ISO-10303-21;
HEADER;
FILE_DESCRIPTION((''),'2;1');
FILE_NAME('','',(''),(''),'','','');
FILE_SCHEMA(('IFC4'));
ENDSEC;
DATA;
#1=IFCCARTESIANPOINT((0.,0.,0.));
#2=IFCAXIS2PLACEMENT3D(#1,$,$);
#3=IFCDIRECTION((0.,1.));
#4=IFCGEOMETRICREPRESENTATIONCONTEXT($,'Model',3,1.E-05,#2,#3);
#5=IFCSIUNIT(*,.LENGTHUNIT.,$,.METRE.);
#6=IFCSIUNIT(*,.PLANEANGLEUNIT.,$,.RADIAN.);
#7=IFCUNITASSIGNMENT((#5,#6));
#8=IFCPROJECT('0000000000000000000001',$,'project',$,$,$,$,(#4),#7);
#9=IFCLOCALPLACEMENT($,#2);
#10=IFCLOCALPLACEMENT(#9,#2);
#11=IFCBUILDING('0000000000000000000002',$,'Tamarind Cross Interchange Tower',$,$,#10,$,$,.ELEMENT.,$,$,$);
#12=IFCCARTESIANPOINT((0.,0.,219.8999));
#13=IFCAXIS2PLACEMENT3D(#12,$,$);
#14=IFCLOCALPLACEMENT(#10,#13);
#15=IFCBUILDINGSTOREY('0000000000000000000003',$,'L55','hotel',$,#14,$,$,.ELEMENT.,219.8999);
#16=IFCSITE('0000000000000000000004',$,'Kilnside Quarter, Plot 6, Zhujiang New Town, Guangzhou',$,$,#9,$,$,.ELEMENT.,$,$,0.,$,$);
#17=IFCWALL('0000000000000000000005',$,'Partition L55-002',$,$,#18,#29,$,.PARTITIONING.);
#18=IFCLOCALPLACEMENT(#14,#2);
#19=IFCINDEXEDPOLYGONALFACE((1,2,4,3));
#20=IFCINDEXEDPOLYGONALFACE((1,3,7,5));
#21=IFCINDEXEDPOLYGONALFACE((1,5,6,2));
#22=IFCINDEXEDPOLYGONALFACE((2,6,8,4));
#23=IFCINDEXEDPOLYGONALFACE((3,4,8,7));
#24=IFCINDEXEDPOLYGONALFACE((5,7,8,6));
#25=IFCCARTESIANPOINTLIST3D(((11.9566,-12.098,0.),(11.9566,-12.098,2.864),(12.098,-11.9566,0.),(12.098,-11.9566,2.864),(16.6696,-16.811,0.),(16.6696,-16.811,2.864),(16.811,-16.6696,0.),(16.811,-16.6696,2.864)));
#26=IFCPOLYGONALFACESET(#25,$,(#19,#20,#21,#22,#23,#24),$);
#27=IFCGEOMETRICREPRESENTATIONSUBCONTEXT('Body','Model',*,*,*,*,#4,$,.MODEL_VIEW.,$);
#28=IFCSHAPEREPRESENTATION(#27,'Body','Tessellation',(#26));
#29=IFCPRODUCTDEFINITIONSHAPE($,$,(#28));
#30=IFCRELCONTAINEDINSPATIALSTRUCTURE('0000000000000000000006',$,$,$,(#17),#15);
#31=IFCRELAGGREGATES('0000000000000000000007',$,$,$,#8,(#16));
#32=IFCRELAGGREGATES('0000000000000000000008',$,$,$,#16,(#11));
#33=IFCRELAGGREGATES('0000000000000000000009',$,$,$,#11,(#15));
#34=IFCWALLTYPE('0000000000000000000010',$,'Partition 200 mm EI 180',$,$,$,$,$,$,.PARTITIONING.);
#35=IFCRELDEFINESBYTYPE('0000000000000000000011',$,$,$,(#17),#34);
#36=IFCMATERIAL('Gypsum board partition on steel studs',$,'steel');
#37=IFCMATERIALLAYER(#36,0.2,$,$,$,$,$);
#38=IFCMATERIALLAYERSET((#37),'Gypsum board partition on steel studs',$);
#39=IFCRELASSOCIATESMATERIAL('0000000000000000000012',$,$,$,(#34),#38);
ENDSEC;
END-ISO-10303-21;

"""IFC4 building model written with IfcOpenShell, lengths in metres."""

from ifc_helpers import new_model, si_unit, direction, frame, frame_2d, origin, place, context, subcontext, project, spatial, rectangle, extrude, material, layer, layer_set, type_object, element, save


model = new_model("IFC4")

# Units and contexts
model_context = context("Model", 3, precision=1e-05, world=origin(), true_north=direction((0.0, 1.0)))
body_context = subcontext(model_context, "Body", "Model", "MODEL_VIEW")
ifc_project = project(units=[si_unit("LENGTHUNIT", "METRE"), si_unit("PLANEANGLEUNIT", "RADIAN")], contexts=[model_context])

# Site, building, storey
site_placement = place(None, origin())
site = spatial("IfcSite", under=ifc_project, at=site_placement, Name="Kilnside Quarter, Plot 6, Zhujiang New Town, Guangzhou", CompositionType="ELEMENT", RefElevation=0.0)
building_placement = place(site_placement, origin())
building = spatial("IfcBuilding", under=site, at=building_placement, Name="Tamarind Cross Interchange Tower", CompositionType="ELEMENT")
storey_placement = place(building_placement, frame((0.0, 0.0, 219.8999)))
storey = spatial("IfcBuildingStorey", under=building, at=storey_placement, Name="L55", Description="hotel", CompositionType="ELEMENT", Elevation=219.8999)

# Shared definitions
ifc_material_1 = material(Name="Gypsum board partition on steel studs", Category="steel")

# Wall
ifc_layer_1 = layer(ifc_material_1, 0.2)
ifc_layer_set_1 = layer_set([ifc_layer_1], Name="Gypsum board partition on steel studs")
wall_type_1 = type_object("IfcWallType", Name="Partition 200 mm EI 180", PredefinedType="PARTITIONING", material=ifc_layer_set_1)
wall_1_placement = place(storey_placement, frame((12.0273, -12.0273, 0.0), z_axis=(0.0, 0.0, 1.0), x_axis=(0.707107, -0.707107, 0.0)))
element("IfcWall", 1, at=wall_1_placement, inside=storey, type_object=wall_type_1, Name="Partition L55-002", PredefinedType="PARTITIONING", context=body_context, shape_type="SweptSolid", body=[
    extrude(rectangle(XDim=6.6653, YDim=0.2, at=frame_2d((3.3325, 0.0))), origin(), (0.0, 0.0, 1.0), 2.864),
])

save(model, "model.ifc")
